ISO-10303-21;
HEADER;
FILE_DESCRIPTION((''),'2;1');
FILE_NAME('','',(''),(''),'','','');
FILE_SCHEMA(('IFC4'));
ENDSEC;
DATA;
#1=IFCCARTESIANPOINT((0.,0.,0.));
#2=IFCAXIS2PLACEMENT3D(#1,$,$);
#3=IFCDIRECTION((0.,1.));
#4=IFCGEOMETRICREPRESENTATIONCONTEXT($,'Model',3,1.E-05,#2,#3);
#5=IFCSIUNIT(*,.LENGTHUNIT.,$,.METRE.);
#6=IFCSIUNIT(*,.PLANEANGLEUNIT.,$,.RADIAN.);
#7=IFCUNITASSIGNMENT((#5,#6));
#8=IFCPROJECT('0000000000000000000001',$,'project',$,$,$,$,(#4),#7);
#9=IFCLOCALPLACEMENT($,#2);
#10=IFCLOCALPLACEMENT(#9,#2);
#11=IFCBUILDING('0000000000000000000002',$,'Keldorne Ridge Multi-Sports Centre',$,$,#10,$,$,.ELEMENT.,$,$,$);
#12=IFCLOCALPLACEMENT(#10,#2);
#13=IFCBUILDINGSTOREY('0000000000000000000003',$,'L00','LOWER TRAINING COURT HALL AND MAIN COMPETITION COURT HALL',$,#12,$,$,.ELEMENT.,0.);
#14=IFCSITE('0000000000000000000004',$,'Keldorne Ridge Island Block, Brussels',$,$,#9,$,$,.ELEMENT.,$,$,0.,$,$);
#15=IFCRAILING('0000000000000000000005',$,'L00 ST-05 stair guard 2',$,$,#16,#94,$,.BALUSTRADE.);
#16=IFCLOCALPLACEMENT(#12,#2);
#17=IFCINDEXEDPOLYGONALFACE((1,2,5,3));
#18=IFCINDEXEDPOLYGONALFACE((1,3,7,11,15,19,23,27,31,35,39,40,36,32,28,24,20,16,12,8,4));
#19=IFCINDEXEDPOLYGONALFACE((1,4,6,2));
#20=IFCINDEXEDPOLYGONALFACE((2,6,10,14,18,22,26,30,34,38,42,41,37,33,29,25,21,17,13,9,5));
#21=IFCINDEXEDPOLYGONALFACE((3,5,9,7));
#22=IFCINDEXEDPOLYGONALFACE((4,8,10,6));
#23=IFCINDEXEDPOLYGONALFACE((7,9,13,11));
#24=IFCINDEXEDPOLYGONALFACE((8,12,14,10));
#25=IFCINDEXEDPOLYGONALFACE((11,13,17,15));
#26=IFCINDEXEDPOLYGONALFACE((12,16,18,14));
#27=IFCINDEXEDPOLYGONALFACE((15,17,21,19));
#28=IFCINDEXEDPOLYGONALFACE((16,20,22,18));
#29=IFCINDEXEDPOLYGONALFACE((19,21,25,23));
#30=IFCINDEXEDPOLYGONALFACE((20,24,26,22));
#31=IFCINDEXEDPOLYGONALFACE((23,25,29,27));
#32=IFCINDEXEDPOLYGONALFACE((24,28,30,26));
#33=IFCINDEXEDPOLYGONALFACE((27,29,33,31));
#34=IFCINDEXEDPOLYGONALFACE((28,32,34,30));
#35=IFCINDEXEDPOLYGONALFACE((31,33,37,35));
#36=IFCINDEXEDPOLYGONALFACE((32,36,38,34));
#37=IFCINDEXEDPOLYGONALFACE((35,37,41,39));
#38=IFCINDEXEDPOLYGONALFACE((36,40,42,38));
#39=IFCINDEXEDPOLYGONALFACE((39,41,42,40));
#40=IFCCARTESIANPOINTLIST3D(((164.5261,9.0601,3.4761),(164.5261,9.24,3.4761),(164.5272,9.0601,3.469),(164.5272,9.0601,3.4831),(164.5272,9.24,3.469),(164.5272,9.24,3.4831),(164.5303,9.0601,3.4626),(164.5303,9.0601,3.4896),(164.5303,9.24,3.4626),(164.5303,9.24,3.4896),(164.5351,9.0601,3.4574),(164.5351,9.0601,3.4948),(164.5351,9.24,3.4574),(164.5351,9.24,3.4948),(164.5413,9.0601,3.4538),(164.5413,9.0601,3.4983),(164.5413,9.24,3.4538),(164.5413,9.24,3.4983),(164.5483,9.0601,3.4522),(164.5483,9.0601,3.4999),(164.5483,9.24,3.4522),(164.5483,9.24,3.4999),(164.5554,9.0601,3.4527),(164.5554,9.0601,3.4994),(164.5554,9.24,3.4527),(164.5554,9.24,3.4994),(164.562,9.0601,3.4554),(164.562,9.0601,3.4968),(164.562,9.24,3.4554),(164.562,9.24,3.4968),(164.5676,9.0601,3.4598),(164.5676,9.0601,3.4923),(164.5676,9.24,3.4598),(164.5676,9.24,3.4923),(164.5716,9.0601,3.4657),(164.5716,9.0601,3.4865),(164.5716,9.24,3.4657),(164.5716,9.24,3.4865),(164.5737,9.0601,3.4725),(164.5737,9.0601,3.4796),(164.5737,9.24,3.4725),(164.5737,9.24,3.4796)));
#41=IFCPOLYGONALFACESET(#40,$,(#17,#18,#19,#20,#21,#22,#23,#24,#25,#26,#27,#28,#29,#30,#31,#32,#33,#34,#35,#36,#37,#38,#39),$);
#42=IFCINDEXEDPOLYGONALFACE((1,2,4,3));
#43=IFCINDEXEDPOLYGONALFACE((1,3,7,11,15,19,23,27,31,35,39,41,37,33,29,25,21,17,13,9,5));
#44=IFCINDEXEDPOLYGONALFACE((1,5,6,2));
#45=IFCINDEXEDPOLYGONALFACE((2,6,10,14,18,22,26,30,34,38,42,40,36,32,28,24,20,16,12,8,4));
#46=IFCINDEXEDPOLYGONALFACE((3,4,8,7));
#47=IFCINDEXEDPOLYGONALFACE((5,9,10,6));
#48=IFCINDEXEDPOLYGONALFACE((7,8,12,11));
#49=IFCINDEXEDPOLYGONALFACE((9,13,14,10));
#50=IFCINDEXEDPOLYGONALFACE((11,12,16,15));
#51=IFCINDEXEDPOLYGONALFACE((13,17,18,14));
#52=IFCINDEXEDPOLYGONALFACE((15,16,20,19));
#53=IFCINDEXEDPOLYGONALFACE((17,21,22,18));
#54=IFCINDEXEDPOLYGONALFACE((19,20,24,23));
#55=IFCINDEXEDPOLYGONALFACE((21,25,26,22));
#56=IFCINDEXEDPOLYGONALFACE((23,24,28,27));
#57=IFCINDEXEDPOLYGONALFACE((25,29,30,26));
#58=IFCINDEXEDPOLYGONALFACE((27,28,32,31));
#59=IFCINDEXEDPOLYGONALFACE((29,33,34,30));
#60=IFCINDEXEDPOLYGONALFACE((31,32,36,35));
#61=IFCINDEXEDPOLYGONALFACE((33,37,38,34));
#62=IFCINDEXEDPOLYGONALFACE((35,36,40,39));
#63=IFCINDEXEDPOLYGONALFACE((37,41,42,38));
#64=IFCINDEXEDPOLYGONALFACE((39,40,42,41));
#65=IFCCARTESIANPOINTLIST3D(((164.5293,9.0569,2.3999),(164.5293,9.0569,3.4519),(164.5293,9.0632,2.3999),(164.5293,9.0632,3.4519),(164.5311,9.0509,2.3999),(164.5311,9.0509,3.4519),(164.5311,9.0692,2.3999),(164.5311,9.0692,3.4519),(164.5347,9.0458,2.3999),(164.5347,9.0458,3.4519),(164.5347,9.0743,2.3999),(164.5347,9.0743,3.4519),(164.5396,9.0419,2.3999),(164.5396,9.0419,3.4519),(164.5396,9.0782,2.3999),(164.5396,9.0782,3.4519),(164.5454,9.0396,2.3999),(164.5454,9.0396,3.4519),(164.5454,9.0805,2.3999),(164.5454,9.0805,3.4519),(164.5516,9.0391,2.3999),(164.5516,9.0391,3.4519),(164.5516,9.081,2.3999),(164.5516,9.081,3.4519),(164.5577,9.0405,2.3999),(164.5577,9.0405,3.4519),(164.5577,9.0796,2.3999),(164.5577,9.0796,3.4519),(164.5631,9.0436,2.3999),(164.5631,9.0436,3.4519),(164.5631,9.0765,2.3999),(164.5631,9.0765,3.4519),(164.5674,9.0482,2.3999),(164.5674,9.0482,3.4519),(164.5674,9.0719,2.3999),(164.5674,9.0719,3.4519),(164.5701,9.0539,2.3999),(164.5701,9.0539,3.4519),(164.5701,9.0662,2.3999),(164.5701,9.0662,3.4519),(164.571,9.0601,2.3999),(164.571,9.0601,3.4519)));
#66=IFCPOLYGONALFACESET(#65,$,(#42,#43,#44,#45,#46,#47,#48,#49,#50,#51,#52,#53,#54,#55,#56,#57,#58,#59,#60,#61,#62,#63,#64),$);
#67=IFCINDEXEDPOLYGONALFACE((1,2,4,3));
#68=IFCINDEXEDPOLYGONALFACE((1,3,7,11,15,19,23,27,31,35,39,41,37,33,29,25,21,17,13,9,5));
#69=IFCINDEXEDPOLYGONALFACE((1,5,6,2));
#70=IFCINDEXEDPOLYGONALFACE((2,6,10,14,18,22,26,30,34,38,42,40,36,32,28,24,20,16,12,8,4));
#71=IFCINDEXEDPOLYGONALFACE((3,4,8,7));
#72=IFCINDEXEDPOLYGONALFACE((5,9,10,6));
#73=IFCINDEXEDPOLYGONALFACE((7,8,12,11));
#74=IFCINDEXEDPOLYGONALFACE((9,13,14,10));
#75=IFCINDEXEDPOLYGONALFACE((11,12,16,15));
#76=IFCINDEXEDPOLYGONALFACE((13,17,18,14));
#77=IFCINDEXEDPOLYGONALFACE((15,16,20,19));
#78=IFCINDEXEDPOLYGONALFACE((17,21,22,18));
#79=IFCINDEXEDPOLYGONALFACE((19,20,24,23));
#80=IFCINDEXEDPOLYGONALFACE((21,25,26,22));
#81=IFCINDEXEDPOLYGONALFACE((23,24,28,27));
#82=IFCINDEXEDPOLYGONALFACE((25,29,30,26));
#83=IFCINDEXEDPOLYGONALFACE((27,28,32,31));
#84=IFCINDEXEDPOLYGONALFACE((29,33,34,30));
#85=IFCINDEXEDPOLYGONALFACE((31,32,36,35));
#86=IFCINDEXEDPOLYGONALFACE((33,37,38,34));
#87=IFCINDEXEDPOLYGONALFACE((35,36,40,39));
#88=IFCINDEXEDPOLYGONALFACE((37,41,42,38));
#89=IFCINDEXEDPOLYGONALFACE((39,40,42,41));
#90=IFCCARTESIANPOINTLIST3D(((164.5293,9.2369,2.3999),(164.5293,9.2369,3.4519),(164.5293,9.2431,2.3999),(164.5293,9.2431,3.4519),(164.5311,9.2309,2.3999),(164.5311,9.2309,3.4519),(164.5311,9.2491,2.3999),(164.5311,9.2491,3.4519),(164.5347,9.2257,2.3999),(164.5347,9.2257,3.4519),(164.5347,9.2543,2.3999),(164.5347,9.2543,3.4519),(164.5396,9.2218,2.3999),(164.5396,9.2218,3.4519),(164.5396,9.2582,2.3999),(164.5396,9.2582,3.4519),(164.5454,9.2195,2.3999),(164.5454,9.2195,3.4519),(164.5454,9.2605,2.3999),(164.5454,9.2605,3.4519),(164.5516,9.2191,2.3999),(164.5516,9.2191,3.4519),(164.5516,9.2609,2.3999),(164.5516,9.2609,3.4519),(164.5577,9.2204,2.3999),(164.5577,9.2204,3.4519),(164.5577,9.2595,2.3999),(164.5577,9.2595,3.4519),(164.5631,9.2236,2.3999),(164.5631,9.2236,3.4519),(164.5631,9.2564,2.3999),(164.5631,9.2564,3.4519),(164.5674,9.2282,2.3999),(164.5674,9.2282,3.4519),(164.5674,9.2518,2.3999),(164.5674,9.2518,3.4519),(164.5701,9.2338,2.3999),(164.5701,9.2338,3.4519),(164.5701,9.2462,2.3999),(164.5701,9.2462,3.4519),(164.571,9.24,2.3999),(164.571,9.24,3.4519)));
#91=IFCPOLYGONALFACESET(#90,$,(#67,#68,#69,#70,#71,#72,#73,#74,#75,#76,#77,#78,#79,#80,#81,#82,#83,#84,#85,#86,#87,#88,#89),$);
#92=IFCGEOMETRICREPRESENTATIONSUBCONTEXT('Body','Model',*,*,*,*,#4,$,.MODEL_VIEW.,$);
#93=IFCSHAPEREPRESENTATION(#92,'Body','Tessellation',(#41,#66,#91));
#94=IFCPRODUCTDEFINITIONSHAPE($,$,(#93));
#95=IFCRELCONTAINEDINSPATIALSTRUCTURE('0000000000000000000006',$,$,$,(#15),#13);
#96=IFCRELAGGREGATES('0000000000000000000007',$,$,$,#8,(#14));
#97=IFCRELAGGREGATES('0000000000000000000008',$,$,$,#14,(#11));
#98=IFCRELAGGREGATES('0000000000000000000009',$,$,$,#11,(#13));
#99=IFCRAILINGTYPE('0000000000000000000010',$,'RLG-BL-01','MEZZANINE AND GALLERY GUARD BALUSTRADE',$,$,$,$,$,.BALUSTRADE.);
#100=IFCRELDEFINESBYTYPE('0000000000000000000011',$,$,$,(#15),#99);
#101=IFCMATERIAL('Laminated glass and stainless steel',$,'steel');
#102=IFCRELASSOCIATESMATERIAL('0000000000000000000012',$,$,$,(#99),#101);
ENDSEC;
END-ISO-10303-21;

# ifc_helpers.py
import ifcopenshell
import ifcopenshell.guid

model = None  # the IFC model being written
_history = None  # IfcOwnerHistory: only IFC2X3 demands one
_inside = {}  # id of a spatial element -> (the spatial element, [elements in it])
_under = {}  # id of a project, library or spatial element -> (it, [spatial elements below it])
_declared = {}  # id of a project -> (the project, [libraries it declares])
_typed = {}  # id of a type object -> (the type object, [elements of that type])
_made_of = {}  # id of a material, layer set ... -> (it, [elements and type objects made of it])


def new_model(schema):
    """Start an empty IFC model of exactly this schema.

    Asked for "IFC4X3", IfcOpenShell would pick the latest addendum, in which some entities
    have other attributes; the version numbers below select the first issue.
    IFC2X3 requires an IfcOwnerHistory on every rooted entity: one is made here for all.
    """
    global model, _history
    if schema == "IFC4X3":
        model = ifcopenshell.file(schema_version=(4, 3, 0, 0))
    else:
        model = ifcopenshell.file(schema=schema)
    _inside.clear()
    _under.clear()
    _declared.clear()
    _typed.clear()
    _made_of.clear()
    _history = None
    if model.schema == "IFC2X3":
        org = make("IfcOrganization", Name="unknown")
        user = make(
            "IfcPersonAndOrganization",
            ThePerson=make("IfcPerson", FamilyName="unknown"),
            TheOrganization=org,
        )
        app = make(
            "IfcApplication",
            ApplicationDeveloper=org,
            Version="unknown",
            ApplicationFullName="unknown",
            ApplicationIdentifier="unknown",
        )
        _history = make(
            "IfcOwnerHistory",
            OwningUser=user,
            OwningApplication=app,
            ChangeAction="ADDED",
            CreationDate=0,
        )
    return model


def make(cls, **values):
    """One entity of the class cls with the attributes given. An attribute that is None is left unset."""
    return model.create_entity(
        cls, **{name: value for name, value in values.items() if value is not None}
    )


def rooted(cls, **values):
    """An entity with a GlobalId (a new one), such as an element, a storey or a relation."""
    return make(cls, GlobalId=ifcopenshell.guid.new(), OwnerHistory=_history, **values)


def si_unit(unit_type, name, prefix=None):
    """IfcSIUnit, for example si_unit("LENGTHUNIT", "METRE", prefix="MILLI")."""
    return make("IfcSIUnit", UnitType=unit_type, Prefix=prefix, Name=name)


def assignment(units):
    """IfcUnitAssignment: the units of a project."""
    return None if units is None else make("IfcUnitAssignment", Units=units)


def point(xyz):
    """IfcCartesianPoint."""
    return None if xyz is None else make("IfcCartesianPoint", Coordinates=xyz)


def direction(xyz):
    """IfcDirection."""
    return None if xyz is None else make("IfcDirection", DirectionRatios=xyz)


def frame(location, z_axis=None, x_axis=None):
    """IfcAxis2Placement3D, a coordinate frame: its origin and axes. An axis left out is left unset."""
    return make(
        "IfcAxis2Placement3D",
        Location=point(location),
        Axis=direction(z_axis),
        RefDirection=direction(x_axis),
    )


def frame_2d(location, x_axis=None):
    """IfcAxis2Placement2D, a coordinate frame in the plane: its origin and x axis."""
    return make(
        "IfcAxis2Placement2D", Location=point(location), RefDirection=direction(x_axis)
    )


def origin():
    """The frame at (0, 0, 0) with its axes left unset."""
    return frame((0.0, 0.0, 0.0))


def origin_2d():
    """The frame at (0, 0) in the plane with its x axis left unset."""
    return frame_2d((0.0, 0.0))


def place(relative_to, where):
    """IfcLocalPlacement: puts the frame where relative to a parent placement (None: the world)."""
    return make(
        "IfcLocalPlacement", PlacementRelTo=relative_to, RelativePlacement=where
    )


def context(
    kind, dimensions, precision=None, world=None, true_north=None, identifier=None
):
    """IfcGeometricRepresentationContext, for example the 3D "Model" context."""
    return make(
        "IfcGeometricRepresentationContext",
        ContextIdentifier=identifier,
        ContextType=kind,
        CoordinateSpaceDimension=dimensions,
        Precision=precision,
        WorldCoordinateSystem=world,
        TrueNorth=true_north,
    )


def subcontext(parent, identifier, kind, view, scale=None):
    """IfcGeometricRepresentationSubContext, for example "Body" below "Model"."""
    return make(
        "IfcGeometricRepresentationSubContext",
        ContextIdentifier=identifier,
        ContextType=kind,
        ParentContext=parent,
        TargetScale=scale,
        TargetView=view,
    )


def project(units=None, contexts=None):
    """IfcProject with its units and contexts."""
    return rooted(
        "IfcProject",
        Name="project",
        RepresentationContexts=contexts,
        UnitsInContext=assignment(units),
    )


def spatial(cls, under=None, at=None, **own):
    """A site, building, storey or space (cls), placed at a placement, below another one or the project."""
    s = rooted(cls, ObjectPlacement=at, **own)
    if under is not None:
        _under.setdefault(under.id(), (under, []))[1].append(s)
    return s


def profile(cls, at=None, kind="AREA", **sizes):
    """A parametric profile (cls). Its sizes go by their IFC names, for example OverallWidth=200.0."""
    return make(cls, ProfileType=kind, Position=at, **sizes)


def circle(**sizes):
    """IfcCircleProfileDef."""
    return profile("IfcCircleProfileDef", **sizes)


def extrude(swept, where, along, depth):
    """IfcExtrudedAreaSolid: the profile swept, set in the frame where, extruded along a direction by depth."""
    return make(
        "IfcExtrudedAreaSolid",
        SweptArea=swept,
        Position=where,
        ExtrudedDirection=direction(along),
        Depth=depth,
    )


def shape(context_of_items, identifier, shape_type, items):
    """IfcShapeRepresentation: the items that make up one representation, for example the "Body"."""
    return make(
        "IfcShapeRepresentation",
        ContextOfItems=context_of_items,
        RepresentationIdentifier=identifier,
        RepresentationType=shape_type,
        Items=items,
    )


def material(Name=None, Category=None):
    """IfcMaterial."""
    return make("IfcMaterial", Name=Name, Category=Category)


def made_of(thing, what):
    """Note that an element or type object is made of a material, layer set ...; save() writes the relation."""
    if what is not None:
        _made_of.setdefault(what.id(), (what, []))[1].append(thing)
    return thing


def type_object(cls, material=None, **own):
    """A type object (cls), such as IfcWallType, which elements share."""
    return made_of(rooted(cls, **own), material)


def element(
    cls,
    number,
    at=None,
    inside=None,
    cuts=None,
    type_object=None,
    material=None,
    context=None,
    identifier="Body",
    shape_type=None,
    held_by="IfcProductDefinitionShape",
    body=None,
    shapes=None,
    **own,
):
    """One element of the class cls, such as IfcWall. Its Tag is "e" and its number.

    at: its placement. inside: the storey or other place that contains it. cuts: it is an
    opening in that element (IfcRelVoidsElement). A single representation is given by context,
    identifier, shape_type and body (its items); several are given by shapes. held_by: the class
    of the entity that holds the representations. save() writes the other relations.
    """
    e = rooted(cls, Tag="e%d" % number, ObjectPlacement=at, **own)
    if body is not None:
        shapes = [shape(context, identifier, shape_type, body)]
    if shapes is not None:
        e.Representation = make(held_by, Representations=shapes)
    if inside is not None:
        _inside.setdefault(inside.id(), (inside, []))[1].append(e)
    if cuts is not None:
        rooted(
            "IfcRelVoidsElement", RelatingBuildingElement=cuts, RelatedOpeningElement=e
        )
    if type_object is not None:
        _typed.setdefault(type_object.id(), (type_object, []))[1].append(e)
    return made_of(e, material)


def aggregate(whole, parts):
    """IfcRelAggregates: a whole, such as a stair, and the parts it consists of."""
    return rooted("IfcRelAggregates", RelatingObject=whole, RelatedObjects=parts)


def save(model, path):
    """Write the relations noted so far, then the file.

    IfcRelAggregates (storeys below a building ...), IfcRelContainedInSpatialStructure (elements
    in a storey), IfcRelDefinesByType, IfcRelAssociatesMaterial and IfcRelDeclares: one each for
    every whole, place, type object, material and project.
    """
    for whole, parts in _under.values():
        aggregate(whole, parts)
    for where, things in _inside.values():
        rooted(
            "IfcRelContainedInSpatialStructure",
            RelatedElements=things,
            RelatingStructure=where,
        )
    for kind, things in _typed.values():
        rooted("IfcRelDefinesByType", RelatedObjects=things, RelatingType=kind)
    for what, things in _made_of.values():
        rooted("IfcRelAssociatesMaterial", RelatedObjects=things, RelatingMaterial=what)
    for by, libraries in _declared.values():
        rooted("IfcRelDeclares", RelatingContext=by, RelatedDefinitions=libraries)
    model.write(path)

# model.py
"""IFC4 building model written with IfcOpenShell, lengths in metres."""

from ifc_helpers import new_model, si_unit, direction, frame, origin, origin_2d, place, context, subcontext, project, spatial, circle, extrude, material, type_object, element, save


model = new_model("IFC4")

# Units and contexts
model_context = context("Model", 3, precision=1e-05, world=origin(), true_north=direction((0.0, 1.0)))
body_context = subcontext(model_context, "Body", "Model", "MODEL_VIEW")
ifc_project = project(units=[si_unit("LENGTHUNIT", "METRE"), si_unit("PLANEANGLEUNIT", "RADIAN")], contexts=[model_context])

# Site, building, storey
site_placement = place(None, origin())
site = spatial("IfcSite", under=ifc_project, at=site_placement, Name="Keldorne Ridge Island Block, Brussels", CompositionType="ELEMENT", RefElevation=0.0)
building_placement = place(site_placement, origin())
building = spatial("IfcBuilding", under=site, at=building_placement, Name="Keldorne Ridge Multi-Sports Centre", CompositionType="ELEMENT")
storey_placement = place(building_placement, origin())
storey = spatial("IfcBuildingStorey", under=building, at=storey_placement, Name="L00", Description="LOWER TRAINING COURT HALL AND MAIN COMPETITION COURT HALL", CompositionType="ELEMENT", Elevation=0.0)

# Railing
ifc_material_1 = material(Name="Laminated glass and stainless steel", Category="steel")
railing_type_1 = type_object("IfcRailingType", Name="RLG-BL-01", Description="MEZZANINE AND GALLERY GUARD BALUSTRADE", PredefinedType="BALUSTRADE", material=ifc_material_1)
railing_1_placement = place(storey_placement, frame((164.55, 9.0601, 2.3999)))
element("IfcRailing", 1, at=railing_1_placement, inside=storey, type_object=railing_type_1, Name="L00 ST-05 stair guard 2", PredefinedType="BALUSTRADE", context=body_context, shape_type="SweptSolid", body=[
    extrude(circle(Radius=0.0239, at=origin_2d()), frame((0.0, 0.0, 1.0762), z_axis=(0.0, 1.0, 0.0), x_axis=(-1.0, 0.0, 0.0)), (0.0, 0.0, 1.0), 0.1799),
    extrude(circle(Radius=0.021, at=origin_2d()), origin(), (0.0, 0.0, 1.0), 1.052),
    extrude(circle(Radius=0.021, at=origin_2d()), frame((0.0, 0.1799, 0.0)), (0.0, 0.0, 1.0), 1.052),
])

save(model, "model.ifc")
